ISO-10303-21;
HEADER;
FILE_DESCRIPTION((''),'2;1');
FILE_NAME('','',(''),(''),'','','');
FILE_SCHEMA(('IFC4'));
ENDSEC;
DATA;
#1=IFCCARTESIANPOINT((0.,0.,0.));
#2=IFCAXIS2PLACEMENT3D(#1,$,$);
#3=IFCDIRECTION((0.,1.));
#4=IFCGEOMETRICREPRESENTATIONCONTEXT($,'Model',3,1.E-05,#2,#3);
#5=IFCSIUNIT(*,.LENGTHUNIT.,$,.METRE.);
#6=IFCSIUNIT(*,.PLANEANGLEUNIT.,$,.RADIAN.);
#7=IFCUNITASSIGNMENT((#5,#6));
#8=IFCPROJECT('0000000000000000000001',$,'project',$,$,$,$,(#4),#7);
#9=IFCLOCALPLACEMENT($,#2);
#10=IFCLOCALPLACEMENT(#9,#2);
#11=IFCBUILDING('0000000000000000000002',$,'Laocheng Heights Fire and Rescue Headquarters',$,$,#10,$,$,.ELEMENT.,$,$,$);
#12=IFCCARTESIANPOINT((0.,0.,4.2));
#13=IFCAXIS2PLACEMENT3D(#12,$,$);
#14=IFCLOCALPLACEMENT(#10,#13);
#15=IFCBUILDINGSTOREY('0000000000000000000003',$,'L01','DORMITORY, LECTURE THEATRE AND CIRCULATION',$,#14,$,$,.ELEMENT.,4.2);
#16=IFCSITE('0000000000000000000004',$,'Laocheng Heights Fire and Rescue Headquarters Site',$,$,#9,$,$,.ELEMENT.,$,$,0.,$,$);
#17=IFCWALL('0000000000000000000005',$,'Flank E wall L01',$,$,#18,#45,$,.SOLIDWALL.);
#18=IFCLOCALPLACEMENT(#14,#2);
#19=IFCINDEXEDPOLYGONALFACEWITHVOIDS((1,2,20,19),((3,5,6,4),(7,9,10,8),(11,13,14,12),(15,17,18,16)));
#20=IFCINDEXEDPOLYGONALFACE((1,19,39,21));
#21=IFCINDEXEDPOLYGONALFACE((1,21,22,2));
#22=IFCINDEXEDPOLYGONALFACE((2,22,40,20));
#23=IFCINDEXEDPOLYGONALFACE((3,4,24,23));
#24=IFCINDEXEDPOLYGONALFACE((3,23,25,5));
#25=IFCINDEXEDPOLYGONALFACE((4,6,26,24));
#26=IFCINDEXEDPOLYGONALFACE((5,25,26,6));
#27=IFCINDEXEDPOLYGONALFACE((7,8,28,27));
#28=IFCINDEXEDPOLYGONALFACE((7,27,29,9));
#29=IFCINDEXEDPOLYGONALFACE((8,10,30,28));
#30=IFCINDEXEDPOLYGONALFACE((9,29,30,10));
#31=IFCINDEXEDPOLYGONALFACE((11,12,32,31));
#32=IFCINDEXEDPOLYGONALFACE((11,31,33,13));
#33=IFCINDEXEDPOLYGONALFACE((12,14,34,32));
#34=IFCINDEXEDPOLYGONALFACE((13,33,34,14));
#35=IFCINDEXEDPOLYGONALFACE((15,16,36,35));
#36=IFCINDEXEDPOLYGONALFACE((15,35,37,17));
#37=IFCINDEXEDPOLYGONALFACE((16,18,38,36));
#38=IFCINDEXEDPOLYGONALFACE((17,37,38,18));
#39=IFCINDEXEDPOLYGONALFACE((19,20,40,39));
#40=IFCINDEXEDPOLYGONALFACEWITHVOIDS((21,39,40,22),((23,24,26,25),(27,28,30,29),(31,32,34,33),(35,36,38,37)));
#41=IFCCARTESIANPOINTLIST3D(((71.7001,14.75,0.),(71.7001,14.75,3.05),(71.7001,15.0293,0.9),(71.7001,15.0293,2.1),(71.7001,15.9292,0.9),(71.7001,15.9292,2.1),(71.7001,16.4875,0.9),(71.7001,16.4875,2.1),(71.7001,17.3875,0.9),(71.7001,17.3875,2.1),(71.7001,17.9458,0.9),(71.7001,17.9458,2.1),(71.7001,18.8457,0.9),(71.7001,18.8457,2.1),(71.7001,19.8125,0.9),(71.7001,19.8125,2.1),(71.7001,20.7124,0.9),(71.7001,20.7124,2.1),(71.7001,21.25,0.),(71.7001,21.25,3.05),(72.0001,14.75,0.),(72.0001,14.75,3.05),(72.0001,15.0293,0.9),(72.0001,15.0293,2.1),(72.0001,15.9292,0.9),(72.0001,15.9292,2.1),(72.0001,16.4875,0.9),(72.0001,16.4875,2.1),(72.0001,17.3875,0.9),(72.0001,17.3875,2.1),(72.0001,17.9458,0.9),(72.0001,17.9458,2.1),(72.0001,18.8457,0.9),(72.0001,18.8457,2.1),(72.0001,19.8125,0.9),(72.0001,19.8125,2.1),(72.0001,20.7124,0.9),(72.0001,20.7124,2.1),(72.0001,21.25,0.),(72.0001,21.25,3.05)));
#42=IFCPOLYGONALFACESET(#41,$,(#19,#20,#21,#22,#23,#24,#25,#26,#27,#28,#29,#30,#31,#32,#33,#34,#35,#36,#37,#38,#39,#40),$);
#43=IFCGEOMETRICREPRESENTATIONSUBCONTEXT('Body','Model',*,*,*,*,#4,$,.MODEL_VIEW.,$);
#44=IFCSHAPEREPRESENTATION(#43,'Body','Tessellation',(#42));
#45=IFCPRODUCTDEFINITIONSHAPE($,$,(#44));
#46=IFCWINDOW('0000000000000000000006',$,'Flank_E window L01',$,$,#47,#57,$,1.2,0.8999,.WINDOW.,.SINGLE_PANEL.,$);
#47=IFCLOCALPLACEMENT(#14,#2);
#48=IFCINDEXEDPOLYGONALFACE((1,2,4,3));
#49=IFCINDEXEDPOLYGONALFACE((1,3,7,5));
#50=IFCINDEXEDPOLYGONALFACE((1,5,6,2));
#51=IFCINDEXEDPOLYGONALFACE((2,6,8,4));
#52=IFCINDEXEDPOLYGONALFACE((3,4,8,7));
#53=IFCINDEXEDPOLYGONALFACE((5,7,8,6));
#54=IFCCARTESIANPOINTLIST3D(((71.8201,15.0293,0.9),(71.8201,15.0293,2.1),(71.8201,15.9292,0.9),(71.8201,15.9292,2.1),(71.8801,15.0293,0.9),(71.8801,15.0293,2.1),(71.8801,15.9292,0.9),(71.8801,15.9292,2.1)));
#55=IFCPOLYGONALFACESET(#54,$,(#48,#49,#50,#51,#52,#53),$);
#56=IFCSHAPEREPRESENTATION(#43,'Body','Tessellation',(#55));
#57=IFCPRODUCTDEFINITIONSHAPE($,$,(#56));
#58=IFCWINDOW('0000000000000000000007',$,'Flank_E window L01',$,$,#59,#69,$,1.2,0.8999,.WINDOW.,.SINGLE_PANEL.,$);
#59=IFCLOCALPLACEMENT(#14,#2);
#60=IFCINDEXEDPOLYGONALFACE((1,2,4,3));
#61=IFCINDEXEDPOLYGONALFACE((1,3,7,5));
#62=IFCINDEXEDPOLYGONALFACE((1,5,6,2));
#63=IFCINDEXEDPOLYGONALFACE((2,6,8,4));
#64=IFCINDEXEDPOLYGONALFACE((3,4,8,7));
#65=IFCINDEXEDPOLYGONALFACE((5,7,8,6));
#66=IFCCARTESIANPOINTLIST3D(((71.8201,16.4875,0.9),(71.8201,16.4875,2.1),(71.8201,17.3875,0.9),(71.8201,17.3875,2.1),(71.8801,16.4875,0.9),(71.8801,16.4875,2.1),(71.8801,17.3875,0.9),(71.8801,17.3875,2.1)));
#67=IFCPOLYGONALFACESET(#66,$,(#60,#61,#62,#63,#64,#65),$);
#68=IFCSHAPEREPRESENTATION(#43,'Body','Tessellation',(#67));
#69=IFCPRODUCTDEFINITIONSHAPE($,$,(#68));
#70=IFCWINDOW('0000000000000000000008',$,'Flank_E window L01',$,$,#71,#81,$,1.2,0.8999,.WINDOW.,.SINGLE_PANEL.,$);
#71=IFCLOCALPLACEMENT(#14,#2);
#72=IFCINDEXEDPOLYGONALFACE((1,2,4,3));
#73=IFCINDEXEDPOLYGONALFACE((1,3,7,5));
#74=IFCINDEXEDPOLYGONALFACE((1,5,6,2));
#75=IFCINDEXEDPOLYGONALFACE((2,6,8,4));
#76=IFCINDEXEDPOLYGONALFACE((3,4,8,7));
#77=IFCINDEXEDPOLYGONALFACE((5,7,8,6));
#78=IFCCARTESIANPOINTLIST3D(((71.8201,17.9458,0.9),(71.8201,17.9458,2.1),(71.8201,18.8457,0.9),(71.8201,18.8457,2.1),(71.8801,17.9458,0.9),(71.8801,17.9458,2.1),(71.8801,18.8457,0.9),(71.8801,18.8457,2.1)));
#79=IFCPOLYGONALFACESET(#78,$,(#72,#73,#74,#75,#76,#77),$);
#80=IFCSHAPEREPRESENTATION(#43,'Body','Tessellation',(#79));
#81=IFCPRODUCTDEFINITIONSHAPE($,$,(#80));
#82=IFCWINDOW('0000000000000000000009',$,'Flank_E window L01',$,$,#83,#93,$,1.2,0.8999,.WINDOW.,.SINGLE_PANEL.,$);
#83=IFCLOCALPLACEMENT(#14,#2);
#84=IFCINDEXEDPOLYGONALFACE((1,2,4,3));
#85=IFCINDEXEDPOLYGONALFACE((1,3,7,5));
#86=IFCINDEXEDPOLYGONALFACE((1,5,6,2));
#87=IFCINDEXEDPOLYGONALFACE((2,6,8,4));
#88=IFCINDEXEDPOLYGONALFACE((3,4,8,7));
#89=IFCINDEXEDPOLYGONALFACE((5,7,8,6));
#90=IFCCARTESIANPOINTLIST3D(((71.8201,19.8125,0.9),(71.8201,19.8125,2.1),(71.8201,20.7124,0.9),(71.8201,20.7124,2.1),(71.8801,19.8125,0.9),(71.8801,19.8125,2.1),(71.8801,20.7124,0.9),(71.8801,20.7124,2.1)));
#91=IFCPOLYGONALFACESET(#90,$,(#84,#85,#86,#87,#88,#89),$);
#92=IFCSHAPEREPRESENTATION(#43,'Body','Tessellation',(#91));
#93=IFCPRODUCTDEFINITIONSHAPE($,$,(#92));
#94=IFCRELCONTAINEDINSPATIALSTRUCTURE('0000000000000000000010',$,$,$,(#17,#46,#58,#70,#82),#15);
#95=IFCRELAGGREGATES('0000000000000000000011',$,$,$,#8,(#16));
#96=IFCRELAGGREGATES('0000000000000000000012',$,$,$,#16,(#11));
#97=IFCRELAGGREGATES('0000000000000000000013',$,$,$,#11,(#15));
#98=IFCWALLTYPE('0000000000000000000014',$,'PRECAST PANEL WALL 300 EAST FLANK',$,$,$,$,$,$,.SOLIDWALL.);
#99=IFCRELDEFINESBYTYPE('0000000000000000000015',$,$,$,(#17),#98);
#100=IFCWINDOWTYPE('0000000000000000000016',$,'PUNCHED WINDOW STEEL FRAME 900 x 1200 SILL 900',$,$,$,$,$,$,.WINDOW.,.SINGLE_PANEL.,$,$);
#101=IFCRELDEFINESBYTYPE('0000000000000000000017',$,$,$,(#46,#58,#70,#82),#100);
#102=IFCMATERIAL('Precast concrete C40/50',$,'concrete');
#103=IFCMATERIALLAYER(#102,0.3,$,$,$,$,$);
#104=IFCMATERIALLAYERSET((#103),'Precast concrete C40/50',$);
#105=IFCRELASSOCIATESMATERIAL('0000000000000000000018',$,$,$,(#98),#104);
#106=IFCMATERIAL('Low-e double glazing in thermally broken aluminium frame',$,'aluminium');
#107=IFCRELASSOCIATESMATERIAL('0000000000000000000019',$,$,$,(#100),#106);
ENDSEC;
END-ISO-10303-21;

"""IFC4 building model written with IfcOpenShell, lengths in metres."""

from ifc_helpers import new_model, si_unit, direction, frame, frame_2d, origin, place, context, subcontext, project, spatial, rectangle, extrude, material, layer, layer_set, type_object, element, fill, save


model = new_model("IFC4")

# Units and contexts
model_context = context("Model", 3, precision=1e-05, world=origin(), true_north=direction((0.0, 1.0)))
body_context = subcontext(model_context, "Body", "Model", "MODEL_VIEW")
ifc_project = project(units=[si_unit("LENGTHUNIT", "METRE"), si_unit("PLANEANGLEUNIT", "RADIAN")], contexts=[model_context])

# Site, building, storey
site_placement = place(None, origin())
site = spatial("IfcSite", under=ifc_project, at=site_placement, Name="Laocheng Heights Fire and Rescue Headquarters Site", CompositionType="ELEMENT", RefElevation=0.0)
building_placement = place(site_placement, origin())
building = spatial("IfcBuilding", under=site, at=building_placement, Name="Laocheng Heights Fire and Rescue Headquarters", CompositionType="ELEMENT")
storey_placement = place(building_placement, frame((0.0, 0.0, 4.2)))
storey = spatial("IfcBuildingStorey", under=building, at=storey_placement, Name="L01", Description="DORMITORY, LECTURE THEATRE AND CIRCULATION", CompositionType="ELEMENT", Elevation=4.2)

# Wall, openings, windows
ifc_material_1 = material(Name="Precast concrete C40/50", Category="concrete")
ifc_layer_1 = layer(ifc_material_1, 0.3)
ifc_layer_set_1 = layer_set([ifc_layer_1], Name="Precast concrete C40/50")
wall_type_1 = type_object("IfcWallType", Name="PRECAST PANEL WALL 300 EAST FLANK", PredefinedType="SOLIDWALL", material=ifc_layer_set_1)
wall_1_placement = place(storey_placement, frame((71.8501, 14.75, 0.0), z_axis=(0.0, 0.0, 1.0), x_axis=(0.0, 1.0, 0.0)))
wall_1 = element("IfcWall", 1, at=wall_1_placement, inside=storey, type_object=wall_type_1, Name="Flank E wall L01", PredefinedType="SOLIDWALL", context=body_context, shape_type="SweptSolid", body=[
    extrude(rectangle(XDim=6.5, YDim=0.3, at=frame_2d((3.25, 0.0))), origin(), (0.0, 0.0, 1.0), 3.05),
])
opening_1_placement = place(wall_1_placement, frame((0.2793, 0.0, 0.8999)))
opening_1 = element("IfcOpeningElement", 2, at=opening_1_placement, cuts=wall_1, PredefinedType="OPENING", context=body_context, shape_type="SweptSolid", body=[
    extrude(rectangle(XDim=0.8999, YDim=1.2, at=frame_2d((0.45, 0.6001))), frame((0.0, 0.1599, 0.0), z_axis=(0.0, -1.0, 0.0), x_axis=(1.0, 0.0, 0.0)), (0.0, 0.0, 1.0), 0.3201),
])
opening_2_placement = place(wall_1_placement, frame((1.7375, 0.0, 0.8999)))
opening_2 = element("IfcOpeningElement", 3, at=opening_2_placement, cuts=wall_1, PredefinedType="OPENING", context=body_context, shape_type="SweptSolid", body=[
    extrude(rectangle(XDim=0.8999, YDim=1.2, at=frame_2d((0.45, 0.6001))), frame((0.0, 0.1599, 0.0), z_axis=(0.0, -1.0, 0.0), x_axis=(1.0, 0.0, 0.0)), (0.0, 0.0, 1.0), 0.3201),
])
opening_3_placement = place(wall_1_placement, frame((3.1958, 0.0, 0.8999)))
opening_3 = element("IfcOpeningElement", 4, at=opening_3_placement, cuts=wall_1, PredefinedType="OPENING", context=body_context, shape_type="SweptSolid", body=[
    extrude(rectangle(XDim=0.8999, YDim=1.2, at=frame_2d((0.45, 0.6001))), frame((0.0, 0.1599, 0.0), z_axis=(0.0, -1.0, 0.0), x_axis=(1.0, 0.0, 0.0)), (0.0, 0.0, 1.0), 0.3201),
])
opening_4_placement = place(wall_1_placement, frame((5.0625, 0.0, 0.8999)))
opening_4 = element("IfcOpeningElement", 5, at=opening_4_placement, cuts=wall_1, PredefinedType="OPENING", context=body_context, shape_type="SweptSolid", body=[
    extrude(rectangle(XDim=0.8999, YDim=1.2, at=frame_2d((0.45, 0.6001))), frame((0.0, 0.1599, 0.0), z_axis=(0.0, -1.0, 0.0), x_axis=(1.0, 0.0, 0.0)), (0.0, 0.0, 1.0), 0.3201),
])
ifc_material_2 = material(Name="Low-e double glazing in thermally broken aluminium frame", Category="aluminium")
window_type = type_object("IfcWindowType", Name="PUNCHED WINDOW STEEL FRAME 900 x 1200 SILL 900", PartitioningType="SINGLE_PANEL", PredefinedType="WINDOW", material=ifc_material_2)
window_1_placement = place(opening_1_placement, origin())
window_1 = element("IfcWindow", 6, at=window_1_placement, inside=storey, type_object=window_type, Name="Flank_E window L01", OverallHeight=1.2, OverallWidth=0.8999, PartitioningType="SINGLE_PANEL", PredefinedType="WINDOW", context=body_context, shape_type="SweptSolid", body=[
    extrude(rectangle(XDim=0.8999, YDim=1.2, at=frame_2d((0.45, 0.6001))), frame((0.0, 0.03, 0.0), z_axis=(0.0, -1.0, 0.0), x_axis=(1.0, 0.0, 0.0)), (0.0, 0.0, 1.0), 0.0601),
])
fill(opening_1, window_1)
window_2_placement = place(opening_2_placement, origin())
window_2 = element("IfcWindow", 7, at=window_2_placement, inside=storey, type_object=window_type, Name="Flank_E window L01", OverallHeight=1.2, OverallWidth=0.8999, PartitioningType="SINGLE_PANEL", PredefinedType="WINDOW", context=body_context, shape_type="SweptSolid", body=[
    extrude(rectangle(XDim=0.8999, YDim=1.2, at=frame_2d((0.45, 0.6001))), frame((0.0, 0.03, 0.0), z_axis=(0.0, -1.0, 0.0), x_axis=(1.0, 0.0, 0.0)), (0.0, 0.0, 1.0), 0.0601),
])
fill(opening_2, window_2)
window_3_placement = place(opening_3_placement, origin())
window_3 = element("IfcWindow", 8, at=window_3_placement, inside=storey, type_object=window_type, Name="Flank_E window L01", OverallHeight=1.2, OverallWidth=0.8999, PartitioningType="SINGLE_PANEL", PredefinedType="WINDOW", context=body_context, shape_type="SweptSolid", body=[
    extrude(rectangle(XDim=0.8999, YDim=1.2, at=frame_2d((0.45, 0.6001))), frame((0.0, 0.03, 0.0), z_axis=(0.0, -1.0, 0.0), x_axis=(1.0, 0.0, 0.0)), (0.0, 0.0, 1.0), 0.0601),
])
fill(opening_3, window_3)
window_4_placement = place(opening_4_placement, origin())
window_4 = element("IfcWindow", 9, at=window_4_placement, inside=storey, type_object=window_type, Name="Flank_E window L01", OverallHeight=1.2, OverallWidth=0.8999, PartitioningType="SINGLE_PANEL", PredefinedType="WINDOW", context=body_context, shape_type="SweptSolid", body=[
    extrude(rectangle(XDim=0.8999, YDim=1.2, at=frame_2d((0.45, 0.6001))), frame((0.0, 0.03, 0.0), z_axis=(0.0, -1.0, 0.0), x_axis=(1.0, 0.0, 0.0)), (0.0, 0.0, 1.0), 0.0601),
])
fill(opening_4, window_4)

save(model, "model.ifc")
